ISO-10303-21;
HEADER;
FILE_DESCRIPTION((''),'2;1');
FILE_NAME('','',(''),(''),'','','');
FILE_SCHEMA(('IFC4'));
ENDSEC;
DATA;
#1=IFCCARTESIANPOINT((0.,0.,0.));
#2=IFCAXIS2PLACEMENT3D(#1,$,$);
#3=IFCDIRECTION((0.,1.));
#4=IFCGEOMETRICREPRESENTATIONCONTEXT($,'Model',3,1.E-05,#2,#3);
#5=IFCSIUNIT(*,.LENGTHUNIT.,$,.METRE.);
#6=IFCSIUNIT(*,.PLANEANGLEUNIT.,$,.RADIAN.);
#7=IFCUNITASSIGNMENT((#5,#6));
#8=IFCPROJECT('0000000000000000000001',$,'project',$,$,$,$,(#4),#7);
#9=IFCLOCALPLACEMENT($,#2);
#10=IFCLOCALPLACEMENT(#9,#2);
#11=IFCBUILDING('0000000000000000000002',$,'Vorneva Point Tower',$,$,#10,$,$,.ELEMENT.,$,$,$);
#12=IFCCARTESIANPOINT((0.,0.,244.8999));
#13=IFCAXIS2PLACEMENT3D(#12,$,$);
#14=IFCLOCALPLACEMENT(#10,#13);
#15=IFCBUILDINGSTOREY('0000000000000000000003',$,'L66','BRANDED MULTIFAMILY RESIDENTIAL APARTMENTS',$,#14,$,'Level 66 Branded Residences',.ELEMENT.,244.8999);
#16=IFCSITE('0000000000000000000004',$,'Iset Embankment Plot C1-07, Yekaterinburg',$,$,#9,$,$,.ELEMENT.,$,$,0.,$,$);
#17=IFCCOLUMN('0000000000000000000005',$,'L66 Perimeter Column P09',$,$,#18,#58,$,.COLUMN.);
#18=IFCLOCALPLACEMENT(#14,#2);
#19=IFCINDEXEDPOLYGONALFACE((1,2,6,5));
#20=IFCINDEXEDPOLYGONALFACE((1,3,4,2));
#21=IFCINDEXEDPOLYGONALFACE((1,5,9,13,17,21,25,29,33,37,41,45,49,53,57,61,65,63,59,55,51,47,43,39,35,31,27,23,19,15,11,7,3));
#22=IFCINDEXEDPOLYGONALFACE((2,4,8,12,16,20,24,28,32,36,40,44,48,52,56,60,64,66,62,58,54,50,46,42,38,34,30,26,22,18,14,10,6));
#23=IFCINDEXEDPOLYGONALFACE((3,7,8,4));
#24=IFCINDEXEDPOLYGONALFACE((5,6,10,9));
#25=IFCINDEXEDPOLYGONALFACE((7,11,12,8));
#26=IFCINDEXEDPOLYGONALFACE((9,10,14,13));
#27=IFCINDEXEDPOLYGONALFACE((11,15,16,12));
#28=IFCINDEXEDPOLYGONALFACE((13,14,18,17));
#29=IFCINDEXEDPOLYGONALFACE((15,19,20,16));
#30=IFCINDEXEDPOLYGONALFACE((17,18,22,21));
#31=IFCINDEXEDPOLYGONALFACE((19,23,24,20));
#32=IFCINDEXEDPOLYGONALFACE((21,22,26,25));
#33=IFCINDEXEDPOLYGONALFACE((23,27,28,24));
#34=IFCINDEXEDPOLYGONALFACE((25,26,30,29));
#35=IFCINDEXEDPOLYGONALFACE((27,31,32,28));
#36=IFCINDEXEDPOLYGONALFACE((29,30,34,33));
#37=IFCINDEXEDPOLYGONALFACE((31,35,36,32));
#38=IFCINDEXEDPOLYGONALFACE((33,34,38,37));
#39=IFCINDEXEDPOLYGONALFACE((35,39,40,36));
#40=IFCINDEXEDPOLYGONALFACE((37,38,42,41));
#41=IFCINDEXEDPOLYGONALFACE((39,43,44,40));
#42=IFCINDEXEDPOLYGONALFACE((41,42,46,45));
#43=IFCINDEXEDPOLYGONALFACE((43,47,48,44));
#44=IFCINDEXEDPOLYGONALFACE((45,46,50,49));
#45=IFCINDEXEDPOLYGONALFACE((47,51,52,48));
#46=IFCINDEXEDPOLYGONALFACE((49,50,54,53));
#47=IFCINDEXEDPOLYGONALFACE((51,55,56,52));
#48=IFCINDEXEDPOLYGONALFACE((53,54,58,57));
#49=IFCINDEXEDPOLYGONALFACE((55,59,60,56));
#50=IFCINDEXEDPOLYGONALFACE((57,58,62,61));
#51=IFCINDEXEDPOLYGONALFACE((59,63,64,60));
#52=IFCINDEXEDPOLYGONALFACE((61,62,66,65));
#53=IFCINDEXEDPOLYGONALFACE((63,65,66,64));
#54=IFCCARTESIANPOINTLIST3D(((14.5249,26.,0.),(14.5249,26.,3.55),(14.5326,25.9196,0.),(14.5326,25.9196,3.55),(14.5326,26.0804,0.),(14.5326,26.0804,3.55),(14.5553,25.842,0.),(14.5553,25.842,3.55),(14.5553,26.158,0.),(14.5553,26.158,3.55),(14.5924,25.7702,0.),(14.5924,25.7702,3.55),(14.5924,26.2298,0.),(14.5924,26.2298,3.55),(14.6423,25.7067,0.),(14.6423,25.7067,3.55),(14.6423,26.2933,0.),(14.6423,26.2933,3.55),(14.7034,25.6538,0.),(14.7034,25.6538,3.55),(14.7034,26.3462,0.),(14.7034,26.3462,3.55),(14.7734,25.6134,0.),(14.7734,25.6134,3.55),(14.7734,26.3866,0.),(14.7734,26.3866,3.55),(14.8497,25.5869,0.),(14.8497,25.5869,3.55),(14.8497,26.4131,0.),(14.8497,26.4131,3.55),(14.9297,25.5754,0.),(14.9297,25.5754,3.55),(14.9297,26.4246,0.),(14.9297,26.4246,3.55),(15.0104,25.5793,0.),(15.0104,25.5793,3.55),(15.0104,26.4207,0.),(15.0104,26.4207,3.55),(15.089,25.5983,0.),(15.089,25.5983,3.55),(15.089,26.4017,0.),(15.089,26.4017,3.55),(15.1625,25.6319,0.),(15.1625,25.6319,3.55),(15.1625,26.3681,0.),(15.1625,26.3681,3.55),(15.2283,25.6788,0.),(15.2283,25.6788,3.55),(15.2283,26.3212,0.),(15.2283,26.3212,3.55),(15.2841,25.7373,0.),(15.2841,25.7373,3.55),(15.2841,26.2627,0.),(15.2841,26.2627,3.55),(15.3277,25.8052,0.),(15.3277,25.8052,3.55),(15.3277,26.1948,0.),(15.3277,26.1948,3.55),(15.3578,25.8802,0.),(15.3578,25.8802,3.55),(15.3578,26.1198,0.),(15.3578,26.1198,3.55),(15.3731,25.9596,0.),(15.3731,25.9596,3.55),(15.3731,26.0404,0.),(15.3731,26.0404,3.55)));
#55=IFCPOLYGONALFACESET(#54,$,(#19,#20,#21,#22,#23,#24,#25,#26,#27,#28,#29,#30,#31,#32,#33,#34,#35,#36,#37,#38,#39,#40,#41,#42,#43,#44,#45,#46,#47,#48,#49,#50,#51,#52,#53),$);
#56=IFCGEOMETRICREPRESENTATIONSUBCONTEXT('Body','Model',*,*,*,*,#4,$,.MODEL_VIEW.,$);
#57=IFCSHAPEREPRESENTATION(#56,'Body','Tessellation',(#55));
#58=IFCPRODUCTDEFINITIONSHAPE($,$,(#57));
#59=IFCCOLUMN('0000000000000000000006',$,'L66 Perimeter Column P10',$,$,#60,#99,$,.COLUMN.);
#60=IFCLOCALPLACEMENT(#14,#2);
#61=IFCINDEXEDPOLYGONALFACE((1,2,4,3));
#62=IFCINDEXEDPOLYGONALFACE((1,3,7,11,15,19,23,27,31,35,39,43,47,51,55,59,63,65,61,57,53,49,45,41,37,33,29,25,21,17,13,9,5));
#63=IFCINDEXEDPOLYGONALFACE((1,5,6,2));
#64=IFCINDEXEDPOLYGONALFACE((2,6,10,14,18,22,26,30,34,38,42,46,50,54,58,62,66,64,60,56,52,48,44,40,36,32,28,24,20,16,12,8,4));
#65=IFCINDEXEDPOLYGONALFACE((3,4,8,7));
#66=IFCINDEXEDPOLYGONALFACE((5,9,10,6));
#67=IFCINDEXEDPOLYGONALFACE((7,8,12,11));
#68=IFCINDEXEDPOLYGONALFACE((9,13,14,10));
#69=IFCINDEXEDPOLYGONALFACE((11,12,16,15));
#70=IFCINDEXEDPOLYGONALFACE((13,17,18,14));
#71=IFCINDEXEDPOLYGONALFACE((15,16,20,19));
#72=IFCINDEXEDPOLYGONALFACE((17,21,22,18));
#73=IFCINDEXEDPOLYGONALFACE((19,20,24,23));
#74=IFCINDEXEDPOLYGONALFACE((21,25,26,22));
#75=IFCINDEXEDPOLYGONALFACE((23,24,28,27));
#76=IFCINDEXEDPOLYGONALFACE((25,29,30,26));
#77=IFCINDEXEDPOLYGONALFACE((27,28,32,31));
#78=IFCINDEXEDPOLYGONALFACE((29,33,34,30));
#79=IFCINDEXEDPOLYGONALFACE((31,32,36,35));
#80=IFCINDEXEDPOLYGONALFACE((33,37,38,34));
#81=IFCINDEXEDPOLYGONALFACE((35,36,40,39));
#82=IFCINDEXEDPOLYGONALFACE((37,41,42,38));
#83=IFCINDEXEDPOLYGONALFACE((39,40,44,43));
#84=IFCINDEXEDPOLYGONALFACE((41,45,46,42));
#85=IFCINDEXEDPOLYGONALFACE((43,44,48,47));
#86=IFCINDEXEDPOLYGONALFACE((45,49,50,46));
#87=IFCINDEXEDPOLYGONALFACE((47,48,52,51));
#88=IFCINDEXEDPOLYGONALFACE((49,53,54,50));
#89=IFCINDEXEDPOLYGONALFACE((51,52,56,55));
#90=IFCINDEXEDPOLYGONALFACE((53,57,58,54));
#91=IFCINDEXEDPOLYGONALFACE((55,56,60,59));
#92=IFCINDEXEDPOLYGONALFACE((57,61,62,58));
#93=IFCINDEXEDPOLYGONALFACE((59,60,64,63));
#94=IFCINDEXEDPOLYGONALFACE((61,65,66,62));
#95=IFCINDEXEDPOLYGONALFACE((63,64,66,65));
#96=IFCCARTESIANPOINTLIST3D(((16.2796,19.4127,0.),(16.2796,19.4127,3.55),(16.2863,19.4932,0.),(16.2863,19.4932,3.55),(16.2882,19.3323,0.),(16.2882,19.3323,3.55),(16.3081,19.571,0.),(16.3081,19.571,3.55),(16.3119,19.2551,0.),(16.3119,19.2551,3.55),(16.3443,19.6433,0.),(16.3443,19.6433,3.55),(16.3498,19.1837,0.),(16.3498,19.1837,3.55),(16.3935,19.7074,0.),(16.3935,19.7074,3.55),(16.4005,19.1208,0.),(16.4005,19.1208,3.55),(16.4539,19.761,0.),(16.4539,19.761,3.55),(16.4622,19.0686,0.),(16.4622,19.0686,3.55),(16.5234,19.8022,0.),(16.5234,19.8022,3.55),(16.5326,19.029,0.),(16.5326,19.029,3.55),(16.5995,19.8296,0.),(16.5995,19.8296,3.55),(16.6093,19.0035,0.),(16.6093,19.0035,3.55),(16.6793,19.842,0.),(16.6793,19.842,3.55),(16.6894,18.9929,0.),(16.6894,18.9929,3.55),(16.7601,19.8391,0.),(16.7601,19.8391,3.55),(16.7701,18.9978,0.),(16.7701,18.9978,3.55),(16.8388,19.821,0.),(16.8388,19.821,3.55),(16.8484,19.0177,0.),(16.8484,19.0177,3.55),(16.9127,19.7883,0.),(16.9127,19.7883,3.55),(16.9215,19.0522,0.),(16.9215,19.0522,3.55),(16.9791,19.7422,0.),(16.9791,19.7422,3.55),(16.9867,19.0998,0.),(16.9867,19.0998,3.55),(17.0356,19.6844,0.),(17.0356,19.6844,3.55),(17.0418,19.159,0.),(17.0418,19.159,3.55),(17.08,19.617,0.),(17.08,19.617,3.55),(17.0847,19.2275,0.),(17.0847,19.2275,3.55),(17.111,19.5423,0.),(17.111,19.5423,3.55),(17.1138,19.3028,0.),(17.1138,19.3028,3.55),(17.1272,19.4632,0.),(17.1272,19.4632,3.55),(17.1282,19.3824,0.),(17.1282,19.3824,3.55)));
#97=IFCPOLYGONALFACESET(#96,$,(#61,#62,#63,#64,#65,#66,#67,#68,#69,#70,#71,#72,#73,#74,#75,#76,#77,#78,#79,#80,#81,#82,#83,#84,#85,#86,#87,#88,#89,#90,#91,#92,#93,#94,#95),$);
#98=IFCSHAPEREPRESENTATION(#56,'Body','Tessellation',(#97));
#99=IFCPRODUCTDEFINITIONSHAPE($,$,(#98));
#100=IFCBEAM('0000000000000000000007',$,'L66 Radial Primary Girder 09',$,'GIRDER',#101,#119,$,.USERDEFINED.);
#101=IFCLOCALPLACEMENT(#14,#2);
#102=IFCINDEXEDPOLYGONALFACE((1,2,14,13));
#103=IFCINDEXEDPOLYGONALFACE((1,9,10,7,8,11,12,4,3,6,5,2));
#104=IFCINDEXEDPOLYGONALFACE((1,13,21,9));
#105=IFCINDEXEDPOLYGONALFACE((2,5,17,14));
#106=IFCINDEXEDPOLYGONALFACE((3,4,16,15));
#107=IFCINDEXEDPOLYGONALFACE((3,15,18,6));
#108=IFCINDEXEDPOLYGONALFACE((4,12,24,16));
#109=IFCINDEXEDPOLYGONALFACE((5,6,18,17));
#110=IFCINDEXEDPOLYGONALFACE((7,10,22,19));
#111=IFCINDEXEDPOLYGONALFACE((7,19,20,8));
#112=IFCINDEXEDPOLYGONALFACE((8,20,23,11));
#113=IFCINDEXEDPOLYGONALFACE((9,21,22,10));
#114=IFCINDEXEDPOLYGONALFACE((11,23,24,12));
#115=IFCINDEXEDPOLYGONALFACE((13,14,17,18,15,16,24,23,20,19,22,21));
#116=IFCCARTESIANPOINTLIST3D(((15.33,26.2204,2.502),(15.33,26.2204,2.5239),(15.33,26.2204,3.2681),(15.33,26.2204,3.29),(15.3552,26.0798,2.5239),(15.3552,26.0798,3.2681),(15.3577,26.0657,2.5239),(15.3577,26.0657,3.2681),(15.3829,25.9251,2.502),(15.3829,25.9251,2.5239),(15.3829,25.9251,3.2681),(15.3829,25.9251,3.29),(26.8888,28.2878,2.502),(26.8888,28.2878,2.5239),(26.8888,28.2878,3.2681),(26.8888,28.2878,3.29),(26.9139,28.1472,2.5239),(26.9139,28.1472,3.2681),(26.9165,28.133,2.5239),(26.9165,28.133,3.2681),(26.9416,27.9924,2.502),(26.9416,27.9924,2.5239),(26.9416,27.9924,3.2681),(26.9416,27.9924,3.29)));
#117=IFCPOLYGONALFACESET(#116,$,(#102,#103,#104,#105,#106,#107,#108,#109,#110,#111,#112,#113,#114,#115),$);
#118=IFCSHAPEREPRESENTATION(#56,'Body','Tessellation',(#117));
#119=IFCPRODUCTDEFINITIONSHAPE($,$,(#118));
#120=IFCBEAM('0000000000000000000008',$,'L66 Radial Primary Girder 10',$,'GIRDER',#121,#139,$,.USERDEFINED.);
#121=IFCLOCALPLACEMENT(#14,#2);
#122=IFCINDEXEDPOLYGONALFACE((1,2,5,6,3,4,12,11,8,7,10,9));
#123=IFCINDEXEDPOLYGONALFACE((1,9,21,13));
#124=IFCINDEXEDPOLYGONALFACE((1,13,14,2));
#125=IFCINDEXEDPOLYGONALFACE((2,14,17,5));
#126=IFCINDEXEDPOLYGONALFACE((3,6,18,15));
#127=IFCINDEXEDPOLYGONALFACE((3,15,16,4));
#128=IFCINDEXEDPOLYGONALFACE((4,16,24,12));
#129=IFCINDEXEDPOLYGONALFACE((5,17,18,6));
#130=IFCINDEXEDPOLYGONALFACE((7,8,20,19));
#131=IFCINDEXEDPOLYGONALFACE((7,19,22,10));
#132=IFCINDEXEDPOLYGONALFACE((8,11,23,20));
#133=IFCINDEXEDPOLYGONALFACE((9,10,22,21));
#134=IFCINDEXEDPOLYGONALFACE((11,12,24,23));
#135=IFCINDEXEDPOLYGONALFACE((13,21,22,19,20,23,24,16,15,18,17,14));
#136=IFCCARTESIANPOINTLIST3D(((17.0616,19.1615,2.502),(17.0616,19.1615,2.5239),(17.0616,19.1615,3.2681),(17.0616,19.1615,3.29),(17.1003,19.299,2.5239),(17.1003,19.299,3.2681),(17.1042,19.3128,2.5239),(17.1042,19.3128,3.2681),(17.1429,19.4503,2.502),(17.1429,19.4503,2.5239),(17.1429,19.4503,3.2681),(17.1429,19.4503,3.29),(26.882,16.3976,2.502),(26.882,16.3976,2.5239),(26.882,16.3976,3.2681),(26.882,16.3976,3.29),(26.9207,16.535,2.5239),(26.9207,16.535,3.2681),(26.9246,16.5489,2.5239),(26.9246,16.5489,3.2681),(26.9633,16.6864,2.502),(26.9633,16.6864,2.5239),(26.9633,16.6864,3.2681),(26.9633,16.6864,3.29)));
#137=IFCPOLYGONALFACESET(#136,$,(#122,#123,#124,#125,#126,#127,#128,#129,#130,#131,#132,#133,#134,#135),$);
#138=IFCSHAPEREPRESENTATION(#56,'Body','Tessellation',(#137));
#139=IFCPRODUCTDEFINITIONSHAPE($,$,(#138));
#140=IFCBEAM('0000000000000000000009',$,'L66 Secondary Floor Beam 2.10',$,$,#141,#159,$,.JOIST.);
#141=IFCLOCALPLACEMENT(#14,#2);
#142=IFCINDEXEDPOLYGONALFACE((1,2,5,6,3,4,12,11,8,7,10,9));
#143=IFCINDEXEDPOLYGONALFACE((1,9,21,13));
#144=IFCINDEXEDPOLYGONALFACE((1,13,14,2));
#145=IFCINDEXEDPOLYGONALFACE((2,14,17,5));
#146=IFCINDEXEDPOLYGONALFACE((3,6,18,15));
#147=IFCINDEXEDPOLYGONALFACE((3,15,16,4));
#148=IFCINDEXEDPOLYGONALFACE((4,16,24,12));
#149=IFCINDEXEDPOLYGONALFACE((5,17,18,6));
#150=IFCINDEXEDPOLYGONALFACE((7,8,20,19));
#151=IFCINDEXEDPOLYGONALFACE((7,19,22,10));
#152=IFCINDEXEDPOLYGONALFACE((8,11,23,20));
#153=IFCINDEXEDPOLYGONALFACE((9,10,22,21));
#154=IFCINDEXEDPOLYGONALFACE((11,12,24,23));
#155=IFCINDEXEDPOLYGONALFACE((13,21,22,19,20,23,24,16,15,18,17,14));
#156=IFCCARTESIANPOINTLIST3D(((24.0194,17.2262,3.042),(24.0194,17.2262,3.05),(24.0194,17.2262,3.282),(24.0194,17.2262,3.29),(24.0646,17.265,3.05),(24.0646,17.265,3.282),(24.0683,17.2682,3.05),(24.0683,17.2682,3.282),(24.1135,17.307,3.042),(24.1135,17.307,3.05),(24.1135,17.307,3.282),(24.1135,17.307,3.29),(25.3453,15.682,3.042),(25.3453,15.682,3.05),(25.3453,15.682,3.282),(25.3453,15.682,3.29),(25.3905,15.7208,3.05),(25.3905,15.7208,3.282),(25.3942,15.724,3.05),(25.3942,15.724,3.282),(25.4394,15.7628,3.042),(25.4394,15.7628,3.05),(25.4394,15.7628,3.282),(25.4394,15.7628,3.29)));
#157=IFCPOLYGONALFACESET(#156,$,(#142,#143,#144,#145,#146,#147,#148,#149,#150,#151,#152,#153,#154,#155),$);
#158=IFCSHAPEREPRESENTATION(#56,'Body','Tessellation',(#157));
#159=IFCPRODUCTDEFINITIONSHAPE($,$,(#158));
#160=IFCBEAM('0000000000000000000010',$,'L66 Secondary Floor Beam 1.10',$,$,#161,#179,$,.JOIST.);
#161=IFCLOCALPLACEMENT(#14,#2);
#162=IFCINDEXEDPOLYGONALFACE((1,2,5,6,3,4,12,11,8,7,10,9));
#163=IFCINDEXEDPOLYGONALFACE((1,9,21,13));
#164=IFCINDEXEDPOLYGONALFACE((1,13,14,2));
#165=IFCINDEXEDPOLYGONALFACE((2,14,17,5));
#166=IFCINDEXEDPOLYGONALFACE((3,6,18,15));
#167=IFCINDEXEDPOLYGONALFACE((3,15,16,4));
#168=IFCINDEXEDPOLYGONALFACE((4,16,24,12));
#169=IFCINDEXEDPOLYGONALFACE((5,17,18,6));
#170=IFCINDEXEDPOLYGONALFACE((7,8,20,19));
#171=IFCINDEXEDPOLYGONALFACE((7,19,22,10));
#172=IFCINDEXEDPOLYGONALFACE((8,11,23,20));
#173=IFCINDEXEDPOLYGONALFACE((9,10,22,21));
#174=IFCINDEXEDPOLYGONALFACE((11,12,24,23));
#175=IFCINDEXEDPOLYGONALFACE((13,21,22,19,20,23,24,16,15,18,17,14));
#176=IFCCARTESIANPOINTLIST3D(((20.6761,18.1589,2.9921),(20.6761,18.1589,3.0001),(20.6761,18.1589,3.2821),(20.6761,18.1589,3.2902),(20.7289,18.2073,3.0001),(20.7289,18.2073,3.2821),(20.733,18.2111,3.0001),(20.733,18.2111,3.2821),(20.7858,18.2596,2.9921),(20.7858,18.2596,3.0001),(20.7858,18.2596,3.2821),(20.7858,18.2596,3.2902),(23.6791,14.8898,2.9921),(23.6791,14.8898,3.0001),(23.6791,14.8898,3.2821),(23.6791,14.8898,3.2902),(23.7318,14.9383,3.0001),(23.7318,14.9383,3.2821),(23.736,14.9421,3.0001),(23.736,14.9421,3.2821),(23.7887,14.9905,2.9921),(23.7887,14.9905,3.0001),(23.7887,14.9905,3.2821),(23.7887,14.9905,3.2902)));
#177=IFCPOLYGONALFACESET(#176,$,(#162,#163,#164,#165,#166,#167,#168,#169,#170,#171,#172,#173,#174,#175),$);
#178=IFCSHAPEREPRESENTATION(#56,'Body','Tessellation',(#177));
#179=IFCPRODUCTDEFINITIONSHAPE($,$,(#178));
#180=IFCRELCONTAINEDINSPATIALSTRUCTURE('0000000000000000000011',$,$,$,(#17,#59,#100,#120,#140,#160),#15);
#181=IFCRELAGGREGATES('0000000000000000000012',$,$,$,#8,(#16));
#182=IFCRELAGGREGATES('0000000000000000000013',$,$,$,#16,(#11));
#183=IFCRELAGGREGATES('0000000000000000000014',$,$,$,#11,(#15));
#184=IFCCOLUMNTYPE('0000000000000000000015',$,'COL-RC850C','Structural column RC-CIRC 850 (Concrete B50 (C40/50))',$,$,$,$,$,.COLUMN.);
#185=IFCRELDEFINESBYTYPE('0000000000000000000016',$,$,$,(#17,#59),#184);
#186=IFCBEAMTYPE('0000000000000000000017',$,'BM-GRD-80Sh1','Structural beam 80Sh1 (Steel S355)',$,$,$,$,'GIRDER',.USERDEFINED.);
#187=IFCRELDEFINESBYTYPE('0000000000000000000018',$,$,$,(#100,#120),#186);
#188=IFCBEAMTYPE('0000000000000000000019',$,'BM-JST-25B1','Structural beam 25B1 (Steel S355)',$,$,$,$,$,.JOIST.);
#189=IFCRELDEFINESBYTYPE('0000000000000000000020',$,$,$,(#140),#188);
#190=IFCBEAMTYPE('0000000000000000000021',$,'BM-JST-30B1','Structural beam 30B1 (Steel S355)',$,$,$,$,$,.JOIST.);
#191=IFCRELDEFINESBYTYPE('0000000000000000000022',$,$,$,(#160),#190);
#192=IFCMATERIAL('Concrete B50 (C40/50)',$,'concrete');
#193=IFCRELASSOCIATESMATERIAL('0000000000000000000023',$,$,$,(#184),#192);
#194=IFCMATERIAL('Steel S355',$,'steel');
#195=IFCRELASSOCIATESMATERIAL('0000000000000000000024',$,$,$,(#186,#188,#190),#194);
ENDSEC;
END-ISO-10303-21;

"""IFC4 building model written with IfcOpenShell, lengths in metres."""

from ifc_helpers import new_model, si_unit, direction, frame, origin, origin_2d, place, context, subcontext, project, spatial, circle, i_section, extrude, material, material_profile, profile_set, type_object, element, save


model = new_model("IFC4")

# Units and contexts
model_context = context("Model", 3, precision=1e-05, world=origin(), true_north=direction((0.0, 1.0)))
body_context = subcontext(model_context, "Body", "Model", "MODEL_VIEW")
ifc_project = project(units=[si_unit("LENGTHUNIT", "METRE"), si_unit("PLANEANGLEUNIT", "RADIAN")], contexts=[model_context])

# Site, building, storey
site_placement = place(None, origin())
site = spatial("IfcSite", under=ifc_project, at=site_placement, Name="Iset Embankment Plot C1-07, Yekaterinburg", CompositionType="ELEMENT", RefElevation=0.0)
building_placement = place(site_placement, origin())
building = spatial("IfcBuilding", under=site, at=building_placement, Name="Vorneva Point Tower", CompositionType="ELEMENT")
storey_placement = place(building_placement, frame((0.0, 0.0, 244.8999)))
storey = spatial("IfcBuildingStorey", under=building, at=storey_placement, Name="L66", Description="BRANDED MULTIFAMILY RESIDENTIAL APARTMENTS", LongName="Level 66 Branded Residences", CompositionType="ELEMENT", Elevation=244.8999)

# Columns
ifc_material_1 = material(Name="Concrete B50 (C40/50)", Category="concrete")
ifc_material_profile_1 = material_profile(ifc_material_1, circle(Radius=0.425, at=origin_2d()), Name="RC-CIRC 850")
ifc_profile_set_1 = profile_set([ifc_material_profile_1], Name="Concrete B50 (C40/50)")
column_type = type_object("IfcColumnType", Name="COL-RC850C", Description="Structural column RC-CIRC 850 (Concrete B50 (C40/50))", PredefinedType="COLUMN", material=ifc_profile_set_1)
for number, where, z_axis, x_axis, name in (
    (1, (14.95, 26.0, 0.0), (0.0, 0.0, 1.0), (-1.0, 0.0, 0.0), "L66 Perimeter Column P09"),
    (2, (16.7046, 19.4177, 0.0), (0.0, 0.0, 1.0), (-0.92388, -0.382683, 0.0), "L66 Perimeter Column P10"),
):
    element("IfcColumn", number, at=place(storey_placement, frame(where, z_axis=z_axis, x_axis=x_axis)), inside=storey, type_object=column_type, Name=name, PredefinedType="COLUMN", context=body_context, shape_type="SweptSolid", body=[
        extrude(circle(Radius=0.425, at=origin_2d()), origin(), (0.0, 0.0, 1.0), 3.55),
    ])

# Beams
ifc_material_2 = material(Name="Steel S355", Category="steel")
ifc_material_profile_2 = material_profile(ifc_material_2, i_section(OverallWidth=0.3, OverallDepth=0.7881, WebThickness=0.0144, FlangeThickness=0.022, at=origin_2d()), Name="80Sh1")
ifc_profile_set_2 = profile_set([ifc_material_profile_2], Name="Steel S355")
beam_type_1 = type_object("IfcBeamType", Name="BM-GRD-80Sh1", Description="Structural beam 80Sh1 (Steel S355)", ElementType="GIRDER", PredefinedType="USERDEFINED", material=ifc_profile_set_2)
beam_1_placement = place(storey_placement, frame((15.3564, 26.0728, 2.896), z_axis=(0.984379, 0.176063, 0.0), x_axis=(-0.176063, 0.984379, 0.0)))
element("IfcBeam", 3, at=beam_1_placement, inside=storey, type_object=beam_type_1, Name="L66 Radial Primary Girder 09", ObjectType="GIRDER", PredefinedType="USERDEFINED", context=body_context, shape_type="SweptSolid", body=[
    extrude(i_section(OverallWidth=0.3, OverallDepth=0.7881, WebThickness=0.0144, FlangeThickness=0.022, at=origin_2d()), origin(), (0.0, 0.0, 1.0), 11.7422),
])
beam_2_placement = place(storey_placement, frame((17.1023, 19.3059, 2.896), z_axis=(0.962601, -0.270923, 0.0), x_axis=(0.270923, 0.962601, 0.0)))
element("IfcBeam", 4, at=beam_2_placement, inside=storey, type_object=beam_type_1, Name="L66 Radial Primary Girder 10", ObjectType="GIRDER", PredefinedType="USERDEFINED", context=body_context, shape_type="SweptSolid", body=[
    extrude(i_section(OverallWidth=0.3, OverallDepth=0.7881, WebThickness=0.0144, FlangeThickness=0.022, at=origin_2d()), origin(), (0.0, 0.0, 1.0), 10.2019),
])
ifc_material_profile_3 = material_profile(ifc_material_2, i_section(OverallWidth=0.124, OverallDepth=0.248, WebThickness=0.0049, FlangeThickness=0.0081, at=origin_2d()), Name="25B1")
ifc_profile_set_3 = profile_set([ifc_material_profile_3], Name="Steel S355")
beam_type_2 = type_object("IfcBeamType", Name="BM-JST-25B1", Description="Structural beam 25B1 (Steel S355)", PredefinedType="JOIST", material=ifc_profile_set_3)
beam_3_placement = place(storey_placement, frame((24.0664, 17.2666, 3.166), z_axis=(0.651453, -0.758689, 0.0), x_axis=(0.758689, 0.651453, 0.0)))
element("IfcBeam", 5, at=beam_3_placement, inside=storey, type_object=beam_type_2, Name="L66 Secondary Floor Beam 2.10", PredefinedType="JOIST", context=body_context, shape_type="SweptSolid", body=[
    extrude(i_section(OverallWidth=0.124, OverallDepth=0.248, WebThickness=0.0049, FlangeThickness=0.0081, at=origin_2d()), origin(), (0.0, 0.0, 1.0), 2.0354),
])
ifc_material_profile_4 = material_profile(ifc_material_2, i_section(OverallWidth=0.1489, OverallDepth=0.2981, WebThickness=0.0056, FlangeThickness=0.0081, at=origin_2d()), Name="30B1")
ifc_profile_set_4 = profile_set([ifc_material_profile_4], Name="Steel S355")
beam_type_3 = type_object("IfcBeamType", Name="BM-JST-30B1", Description="Structural beam 30B1 (Steel S355)", PredefinedType="JOIST", material=ifc_profile_set_4)
beam_4_placement = place(storey_placement, frame((20.731, 18.2092, 3.1411), z_axis=(0.676496, -0.736446, 0.0), x_axis=(0.736446, 0.676496, 0.0)))
element("IfcBeam", 6, at=beam_4_placement, inside=storey, type_object=beam_type_3, Name="L66 Secondary Floor Beam 1.10", PredefinedType="JOIST", context=body_context, shape_type="SweptSolid", body=[
    extrude(i_section(OverallWidth=0.1489, OverallDepth=0.2981, WebThickness=0.0056, FlangeThickness=0.0081, at=origin_2d()), origin(), (0.0, 0.0, 1.0), 4.439),
])

save(model, "model.ifc")
